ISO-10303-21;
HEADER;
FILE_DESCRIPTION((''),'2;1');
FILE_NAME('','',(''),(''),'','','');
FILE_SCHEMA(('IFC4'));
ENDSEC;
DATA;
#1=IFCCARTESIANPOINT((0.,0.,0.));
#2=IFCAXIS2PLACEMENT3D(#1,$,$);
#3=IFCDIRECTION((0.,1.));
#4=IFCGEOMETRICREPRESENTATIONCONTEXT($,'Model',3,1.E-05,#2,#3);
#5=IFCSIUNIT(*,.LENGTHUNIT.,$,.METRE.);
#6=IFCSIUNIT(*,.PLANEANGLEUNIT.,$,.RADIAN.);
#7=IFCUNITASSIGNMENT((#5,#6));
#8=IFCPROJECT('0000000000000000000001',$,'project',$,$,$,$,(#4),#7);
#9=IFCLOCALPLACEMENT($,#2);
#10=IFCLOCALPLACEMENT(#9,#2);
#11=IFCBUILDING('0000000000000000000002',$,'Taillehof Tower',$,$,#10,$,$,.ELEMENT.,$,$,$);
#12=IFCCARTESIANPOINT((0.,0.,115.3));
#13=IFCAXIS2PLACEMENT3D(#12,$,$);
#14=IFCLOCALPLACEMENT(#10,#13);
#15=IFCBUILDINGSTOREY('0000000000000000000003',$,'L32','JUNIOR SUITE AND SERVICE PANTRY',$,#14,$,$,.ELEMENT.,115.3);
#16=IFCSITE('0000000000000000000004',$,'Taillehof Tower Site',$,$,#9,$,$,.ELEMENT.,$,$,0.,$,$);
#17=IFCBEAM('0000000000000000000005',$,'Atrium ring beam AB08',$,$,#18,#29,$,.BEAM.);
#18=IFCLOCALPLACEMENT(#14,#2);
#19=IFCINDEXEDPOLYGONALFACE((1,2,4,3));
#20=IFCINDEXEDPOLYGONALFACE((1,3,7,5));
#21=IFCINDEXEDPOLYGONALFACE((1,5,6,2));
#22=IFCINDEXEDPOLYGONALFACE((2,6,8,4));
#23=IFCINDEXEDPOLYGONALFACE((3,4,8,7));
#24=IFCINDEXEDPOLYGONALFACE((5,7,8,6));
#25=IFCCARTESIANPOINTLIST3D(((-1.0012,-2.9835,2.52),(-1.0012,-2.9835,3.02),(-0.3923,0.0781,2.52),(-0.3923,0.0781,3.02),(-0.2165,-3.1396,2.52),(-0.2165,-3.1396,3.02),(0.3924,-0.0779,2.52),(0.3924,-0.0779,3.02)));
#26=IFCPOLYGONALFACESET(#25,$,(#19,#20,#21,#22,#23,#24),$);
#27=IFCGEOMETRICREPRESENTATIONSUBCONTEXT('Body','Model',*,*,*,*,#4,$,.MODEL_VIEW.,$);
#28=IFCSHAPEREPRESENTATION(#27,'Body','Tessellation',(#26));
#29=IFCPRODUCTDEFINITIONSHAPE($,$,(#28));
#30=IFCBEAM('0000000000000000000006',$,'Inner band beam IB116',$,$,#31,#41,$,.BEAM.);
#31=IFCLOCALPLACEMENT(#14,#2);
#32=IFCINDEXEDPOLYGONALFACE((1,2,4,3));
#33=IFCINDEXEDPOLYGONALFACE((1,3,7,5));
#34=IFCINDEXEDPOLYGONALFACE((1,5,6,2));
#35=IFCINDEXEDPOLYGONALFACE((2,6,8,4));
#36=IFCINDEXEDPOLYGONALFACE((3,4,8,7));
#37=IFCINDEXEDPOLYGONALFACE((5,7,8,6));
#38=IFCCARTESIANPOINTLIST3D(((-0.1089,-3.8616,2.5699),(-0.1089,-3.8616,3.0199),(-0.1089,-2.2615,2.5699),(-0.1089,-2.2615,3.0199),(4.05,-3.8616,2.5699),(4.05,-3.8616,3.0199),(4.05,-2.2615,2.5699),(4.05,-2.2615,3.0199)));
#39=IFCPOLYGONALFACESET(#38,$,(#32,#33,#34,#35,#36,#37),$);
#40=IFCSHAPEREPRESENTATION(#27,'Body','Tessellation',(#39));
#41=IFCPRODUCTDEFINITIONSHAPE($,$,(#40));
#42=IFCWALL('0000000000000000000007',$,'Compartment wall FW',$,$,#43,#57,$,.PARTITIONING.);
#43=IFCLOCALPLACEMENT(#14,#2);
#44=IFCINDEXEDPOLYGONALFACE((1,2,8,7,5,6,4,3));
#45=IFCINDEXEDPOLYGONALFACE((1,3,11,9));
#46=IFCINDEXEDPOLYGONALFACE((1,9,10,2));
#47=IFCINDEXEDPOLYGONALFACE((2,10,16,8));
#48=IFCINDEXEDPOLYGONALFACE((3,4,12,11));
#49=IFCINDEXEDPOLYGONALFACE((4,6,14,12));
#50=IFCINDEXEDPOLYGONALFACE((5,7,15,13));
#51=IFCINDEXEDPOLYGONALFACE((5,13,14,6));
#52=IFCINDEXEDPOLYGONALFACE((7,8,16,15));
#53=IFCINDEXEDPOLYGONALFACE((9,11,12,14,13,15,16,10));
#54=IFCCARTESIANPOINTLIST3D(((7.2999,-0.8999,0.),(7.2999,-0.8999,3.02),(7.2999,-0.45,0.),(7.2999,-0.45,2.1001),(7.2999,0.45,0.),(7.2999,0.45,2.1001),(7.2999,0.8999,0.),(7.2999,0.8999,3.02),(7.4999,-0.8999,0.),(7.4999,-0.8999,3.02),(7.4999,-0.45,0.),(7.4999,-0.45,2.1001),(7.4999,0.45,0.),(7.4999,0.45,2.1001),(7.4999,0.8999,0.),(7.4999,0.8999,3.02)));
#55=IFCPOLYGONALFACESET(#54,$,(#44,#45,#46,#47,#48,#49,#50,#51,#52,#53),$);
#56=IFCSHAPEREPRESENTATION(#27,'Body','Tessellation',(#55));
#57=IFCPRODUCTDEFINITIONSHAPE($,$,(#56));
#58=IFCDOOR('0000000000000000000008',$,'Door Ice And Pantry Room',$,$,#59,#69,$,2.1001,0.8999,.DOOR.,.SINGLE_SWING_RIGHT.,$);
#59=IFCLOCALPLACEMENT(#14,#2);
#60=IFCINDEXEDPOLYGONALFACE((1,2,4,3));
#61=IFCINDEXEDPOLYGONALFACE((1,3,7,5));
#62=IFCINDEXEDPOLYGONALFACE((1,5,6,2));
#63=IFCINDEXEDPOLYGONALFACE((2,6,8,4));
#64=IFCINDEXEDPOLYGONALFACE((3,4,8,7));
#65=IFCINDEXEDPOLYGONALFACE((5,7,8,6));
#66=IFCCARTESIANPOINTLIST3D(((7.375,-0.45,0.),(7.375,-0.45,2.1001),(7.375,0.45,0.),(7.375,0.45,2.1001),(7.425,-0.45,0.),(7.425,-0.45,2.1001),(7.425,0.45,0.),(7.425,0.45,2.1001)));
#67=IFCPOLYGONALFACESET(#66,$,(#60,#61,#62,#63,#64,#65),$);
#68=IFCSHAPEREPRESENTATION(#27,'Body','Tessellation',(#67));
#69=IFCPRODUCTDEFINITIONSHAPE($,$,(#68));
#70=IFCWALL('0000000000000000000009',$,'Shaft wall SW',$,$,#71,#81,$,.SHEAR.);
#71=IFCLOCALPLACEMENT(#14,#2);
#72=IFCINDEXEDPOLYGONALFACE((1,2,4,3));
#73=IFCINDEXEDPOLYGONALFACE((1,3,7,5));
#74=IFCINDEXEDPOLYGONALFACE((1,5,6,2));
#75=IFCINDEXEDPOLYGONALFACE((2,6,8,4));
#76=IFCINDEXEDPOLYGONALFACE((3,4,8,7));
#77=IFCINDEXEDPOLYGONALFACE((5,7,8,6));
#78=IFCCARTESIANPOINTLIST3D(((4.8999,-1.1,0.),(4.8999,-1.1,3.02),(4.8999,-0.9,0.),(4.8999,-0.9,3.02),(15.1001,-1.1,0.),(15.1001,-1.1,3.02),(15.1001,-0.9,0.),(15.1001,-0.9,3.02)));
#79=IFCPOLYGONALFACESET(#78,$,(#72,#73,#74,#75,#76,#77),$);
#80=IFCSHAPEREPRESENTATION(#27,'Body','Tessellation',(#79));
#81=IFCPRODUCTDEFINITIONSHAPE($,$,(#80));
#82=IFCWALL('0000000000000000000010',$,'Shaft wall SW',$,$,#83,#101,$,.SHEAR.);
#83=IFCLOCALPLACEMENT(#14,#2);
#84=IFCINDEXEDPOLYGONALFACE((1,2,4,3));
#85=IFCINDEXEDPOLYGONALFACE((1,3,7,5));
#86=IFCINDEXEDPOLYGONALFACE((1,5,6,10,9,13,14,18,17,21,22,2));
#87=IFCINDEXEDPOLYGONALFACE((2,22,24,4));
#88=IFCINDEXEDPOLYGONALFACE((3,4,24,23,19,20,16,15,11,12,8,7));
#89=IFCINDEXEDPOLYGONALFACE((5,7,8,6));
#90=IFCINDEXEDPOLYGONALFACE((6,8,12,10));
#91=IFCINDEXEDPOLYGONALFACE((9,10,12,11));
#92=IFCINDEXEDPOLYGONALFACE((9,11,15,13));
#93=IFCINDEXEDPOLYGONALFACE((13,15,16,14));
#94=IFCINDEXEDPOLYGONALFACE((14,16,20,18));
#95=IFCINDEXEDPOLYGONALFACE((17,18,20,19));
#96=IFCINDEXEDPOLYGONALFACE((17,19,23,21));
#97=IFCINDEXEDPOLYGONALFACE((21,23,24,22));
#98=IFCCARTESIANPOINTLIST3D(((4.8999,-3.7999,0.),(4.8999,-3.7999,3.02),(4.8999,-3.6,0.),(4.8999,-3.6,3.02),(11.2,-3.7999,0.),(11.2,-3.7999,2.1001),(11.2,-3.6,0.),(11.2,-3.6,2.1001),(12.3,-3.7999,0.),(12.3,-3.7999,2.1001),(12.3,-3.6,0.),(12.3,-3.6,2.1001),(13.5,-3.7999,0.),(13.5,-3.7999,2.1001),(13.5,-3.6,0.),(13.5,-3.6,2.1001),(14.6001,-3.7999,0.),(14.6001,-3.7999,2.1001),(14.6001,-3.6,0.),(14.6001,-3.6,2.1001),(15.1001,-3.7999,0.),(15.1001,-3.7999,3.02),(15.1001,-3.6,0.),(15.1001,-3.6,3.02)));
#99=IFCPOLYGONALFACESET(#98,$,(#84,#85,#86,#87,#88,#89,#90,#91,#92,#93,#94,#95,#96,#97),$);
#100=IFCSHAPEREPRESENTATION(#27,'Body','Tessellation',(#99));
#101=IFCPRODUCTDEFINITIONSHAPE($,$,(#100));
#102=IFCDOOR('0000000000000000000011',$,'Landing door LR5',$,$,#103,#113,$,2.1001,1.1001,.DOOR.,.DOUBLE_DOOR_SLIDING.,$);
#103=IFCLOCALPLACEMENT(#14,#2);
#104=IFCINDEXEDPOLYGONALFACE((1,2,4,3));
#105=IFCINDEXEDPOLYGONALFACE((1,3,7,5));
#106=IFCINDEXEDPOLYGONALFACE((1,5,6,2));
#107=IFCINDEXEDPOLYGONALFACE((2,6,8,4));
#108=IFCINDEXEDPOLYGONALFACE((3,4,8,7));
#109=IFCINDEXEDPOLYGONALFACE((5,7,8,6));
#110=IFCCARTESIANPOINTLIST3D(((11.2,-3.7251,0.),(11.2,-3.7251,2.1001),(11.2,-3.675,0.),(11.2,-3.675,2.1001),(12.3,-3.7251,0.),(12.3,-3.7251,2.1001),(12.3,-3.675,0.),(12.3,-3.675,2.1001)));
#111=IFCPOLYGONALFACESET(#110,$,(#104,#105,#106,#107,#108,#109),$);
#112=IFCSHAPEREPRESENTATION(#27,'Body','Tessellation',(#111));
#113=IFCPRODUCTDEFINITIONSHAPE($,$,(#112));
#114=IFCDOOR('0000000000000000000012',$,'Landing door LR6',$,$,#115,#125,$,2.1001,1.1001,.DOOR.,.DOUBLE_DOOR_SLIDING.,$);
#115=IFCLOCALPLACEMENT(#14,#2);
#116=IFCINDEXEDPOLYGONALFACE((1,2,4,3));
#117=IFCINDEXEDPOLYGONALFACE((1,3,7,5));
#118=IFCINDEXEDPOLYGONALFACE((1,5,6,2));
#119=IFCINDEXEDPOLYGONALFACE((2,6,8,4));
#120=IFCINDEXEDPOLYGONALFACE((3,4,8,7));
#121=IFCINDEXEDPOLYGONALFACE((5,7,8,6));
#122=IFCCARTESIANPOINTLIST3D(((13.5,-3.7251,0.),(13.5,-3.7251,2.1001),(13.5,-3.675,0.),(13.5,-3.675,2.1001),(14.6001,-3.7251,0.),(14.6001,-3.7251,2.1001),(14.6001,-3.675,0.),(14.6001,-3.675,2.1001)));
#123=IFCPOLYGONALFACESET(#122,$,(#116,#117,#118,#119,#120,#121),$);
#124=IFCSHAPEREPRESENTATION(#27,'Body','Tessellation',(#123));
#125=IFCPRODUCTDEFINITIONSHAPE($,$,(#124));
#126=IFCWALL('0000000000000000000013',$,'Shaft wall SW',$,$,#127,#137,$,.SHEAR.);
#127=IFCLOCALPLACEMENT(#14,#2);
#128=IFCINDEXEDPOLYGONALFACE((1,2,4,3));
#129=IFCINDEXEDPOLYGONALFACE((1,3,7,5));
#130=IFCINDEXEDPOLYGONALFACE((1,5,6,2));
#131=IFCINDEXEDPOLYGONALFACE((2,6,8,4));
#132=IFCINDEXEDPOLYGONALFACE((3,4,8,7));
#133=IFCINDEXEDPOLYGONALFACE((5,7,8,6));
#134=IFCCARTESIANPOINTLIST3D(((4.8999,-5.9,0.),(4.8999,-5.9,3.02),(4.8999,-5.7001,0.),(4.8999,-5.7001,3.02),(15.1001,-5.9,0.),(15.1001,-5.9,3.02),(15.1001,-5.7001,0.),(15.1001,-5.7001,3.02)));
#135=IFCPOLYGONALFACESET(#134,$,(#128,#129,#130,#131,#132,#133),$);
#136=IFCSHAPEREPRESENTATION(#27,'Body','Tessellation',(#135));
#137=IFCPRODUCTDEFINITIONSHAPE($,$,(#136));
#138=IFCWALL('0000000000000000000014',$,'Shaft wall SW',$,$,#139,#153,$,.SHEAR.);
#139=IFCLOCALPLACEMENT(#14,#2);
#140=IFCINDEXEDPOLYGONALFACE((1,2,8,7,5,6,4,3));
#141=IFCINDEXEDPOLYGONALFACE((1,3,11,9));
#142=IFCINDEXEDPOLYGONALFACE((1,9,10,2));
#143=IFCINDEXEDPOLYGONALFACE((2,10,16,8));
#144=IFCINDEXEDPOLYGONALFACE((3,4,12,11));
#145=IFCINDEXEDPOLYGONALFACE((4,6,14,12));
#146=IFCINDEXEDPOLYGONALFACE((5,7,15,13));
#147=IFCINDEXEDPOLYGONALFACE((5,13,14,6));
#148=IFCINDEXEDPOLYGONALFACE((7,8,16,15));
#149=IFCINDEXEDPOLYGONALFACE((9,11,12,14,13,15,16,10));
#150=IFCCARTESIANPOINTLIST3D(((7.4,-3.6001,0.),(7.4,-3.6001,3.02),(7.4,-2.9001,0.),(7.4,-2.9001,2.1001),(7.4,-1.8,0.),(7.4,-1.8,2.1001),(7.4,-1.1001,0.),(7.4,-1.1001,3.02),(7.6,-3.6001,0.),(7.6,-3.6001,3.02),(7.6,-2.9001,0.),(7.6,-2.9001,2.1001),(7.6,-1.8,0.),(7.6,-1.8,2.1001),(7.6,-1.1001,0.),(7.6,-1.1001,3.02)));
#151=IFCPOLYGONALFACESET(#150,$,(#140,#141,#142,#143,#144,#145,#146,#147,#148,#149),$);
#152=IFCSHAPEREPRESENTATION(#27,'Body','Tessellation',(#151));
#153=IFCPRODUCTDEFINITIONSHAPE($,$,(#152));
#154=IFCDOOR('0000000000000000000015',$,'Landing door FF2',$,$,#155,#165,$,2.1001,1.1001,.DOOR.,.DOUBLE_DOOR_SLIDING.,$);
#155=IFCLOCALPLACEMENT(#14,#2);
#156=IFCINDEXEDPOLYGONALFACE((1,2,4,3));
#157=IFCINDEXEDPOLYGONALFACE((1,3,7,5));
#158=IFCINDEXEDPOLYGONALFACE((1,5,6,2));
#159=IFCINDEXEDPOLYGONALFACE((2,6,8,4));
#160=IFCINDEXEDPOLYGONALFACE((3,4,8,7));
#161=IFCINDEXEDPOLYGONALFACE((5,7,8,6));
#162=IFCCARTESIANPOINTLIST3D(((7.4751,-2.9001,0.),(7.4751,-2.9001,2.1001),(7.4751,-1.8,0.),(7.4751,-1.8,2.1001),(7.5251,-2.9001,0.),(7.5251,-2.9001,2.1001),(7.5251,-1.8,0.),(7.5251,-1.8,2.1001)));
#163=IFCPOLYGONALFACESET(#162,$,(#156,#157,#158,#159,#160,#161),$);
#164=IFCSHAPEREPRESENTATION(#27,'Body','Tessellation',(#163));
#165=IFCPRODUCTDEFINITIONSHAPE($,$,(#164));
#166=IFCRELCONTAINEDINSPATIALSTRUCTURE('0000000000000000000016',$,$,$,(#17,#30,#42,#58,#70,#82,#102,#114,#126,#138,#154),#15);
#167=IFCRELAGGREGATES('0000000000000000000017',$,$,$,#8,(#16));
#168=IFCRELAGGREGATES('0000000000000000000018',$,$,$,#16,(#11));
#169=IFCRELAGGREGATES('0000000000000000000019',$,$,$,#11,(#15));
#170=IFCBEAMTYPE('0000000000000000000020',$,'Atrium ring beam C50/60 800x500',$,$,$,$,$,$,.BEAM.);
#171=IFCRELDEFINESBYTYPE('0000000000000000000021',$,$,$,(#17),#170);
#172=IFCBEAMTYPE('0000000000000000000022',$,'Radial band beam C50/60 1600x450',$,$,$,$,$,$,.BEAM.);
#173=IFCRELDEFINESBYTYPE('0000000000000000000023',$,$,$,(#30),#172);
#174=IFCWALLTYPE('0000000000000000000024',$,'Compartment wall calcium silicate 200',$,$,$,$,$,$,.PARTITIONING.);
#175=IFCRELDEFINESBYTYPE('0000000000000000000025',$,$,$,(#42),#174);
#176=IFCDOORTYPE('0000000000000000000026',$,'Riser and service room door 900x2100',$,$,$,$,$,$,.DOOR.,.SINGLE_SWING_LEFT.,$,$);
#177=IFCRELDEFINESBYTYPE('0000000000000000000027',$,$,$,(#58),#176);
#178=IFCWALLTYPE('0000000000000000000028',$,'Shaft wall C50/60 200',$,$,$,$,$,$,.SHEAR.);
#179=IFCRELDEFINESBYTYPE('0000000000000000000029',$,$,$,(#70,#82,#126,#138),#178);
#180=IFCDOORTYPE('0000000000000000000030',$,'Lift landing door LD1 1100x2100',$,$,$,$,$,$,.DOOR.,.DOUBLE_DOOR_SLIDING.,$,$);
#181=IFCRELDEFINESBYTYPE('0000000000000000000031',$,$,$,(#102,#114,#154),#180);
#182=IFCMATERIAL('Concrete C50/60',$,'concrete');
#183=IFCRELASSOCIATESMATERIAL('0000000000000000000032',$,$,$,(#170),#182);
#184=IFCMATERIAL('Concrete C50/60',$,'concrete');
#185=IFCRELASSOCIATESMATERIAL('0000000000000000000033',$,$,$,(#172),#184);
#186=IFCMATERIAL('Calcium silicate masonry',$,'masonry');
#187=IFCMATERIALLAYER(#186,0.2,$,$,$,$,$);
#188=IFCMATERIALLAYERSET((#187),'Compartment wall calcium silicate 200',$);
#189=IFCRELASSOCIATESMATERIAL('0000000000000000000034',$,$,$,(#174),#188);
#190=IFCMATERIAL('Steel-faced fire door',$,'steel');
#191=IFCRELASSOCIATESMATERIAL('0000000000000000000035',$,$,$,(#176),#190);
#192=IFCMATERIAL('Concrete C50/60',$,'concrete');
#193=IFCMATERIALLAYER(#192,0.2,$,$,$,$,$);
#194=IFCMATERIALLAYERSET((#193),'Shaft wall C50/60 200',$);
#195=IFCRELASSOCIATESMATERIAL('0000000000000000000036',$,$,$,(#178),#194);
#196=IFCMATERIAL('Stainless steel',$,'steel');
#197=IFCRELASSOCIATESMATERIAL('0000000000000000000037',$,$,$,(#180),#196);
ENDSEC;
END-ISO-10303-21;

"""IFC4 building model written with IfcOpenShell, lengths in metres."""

from ifc_helpers import new_model, si_unit, direction, frame, frame_2d, origin, origin_2d, place, context, subcontext, project, spatial, rectangle, extrude, material, layer, layer_set, material_profile, profile_set, type_object, element, fill, save


model = new_model("IFC4")

# Units and contexts
model_context = context("Model", 3, precision=1e-05, world=origin(), true_north=direction((0.0, 1.0)))
body_context = subcontext(model_context, "Body", "Model", "MODEL_VIEW")
ifc_project = project(units=[si_unit("LENGTHUNIT", "METRE"), si_unit("PLANEANGLEUNIT", "RADIAN")], contexts=[model_context])

# Site, building, storey
site_placement = place(None, origin())
site = spatial("IfcSite", under=ifc_project, at=site_placement, Name="Taillehof Tower Site", CompositionType="ELEMENT", RefElevation=0.0)
building_placement = place(site_placement, origin())
building = spatial("IfcBuilding", under=site, at=building_placement, Name="Taillehof Tower", CompositionType="ELEMENT")
storey_placement = place(building_placement, frame((0.0, 0.0, 115.3)))
storey = spatial("IfcBuildingStorey", under=building, at=storey_placement, Name="L32", Description="JUNIOR SUITE AND SERVICE PANTRY", CompositionType="ELEMENT", Elevation=115.3)

# Beams
ifc_material_1 = material(Name="Concrete C50/60", Category="concrete")
ifc_material_profile_1 = material_profile(ifc_material_1, rectangle(XDim=0.8, YDim=0.5, at=origin_2d()), Name="RC 800x500")
ifc_profile_set_1 = profile_set([ifc_material_profile_1], Name="Concrete C50/60")
beam_type_1 = type_object("IfcBeamType", Name="Atrium ring beam C50/60 800x500", PredefinedType="BEAM", material=ifc_profile_set_1)
beam_1_placement = place(storey_placement, frame((-0.6089, -3.0615, 2.77), z_axis=(0.195063, 0.980791, 0.0), x_axis=(-0.980791, 0.195063, 0.0)))
element("IfcBeam", 1, at=beam_1_placement, inside=storey, type_object=beam_type_1, Name="Atrium ring beam AB08", PredefinedType="BEAM", context=body_context, shape_type="SweptSolid", body=[
    extrude(rectangle(XDim=0.8, YDim=0.5, at=origin_2d()), origin(), (0.0, 0.0, 1.0), 3.1216),
])
ifc_material_2 = material(Name="Concrete C50/60", Category="concrete")
ifc_material_profile_2 = material_profile(ifc_material_2, rectangle(XDim=1.6001, YDim=0.45, at=origin_2d()), Name="RC 1600x450")
ifc_profile_set_2 = profile_set([ifc_material_profile_2], Name="Concrete C50/60")
beam_type_2 = type_object("IfcBeamType", Name="Radial band beam C50/60 1600x450", PredefinedType="BEAM", material=ifc_profile_set_2)
beam_2_placement = place(storey_placement, frame((-0.1089, -3.0615, 2.7949), z_axis=(1.0, 0.0, 0.0), x_axis=(0.0, 1.0, 0.0)))
element("IfcBeam", 2, at=beam_2_placement, inside=storey, type_object=beam_type_2, Name="Inner band beam IB116", PredefinedType="BEAM", context=body_context, shape_type="SweptSolid", body=[
    extrude(rectangle(XDim=1.6001, YDim=0.45, at=origin_2d()), origin(), (0.0, 0.0, 1.0), 4.1589),
])

# Wall, opening, door
ifc_material_3 = material(Name="Calcium silicate masonry", Category="masonry")
ifc_layer_1 = layer(ifc_material_3, 0.2)
ifc_layer_set_1 = layer_set([ifc_layer_1], Name="Compartment wall calcium silicate 200")
wall_type_1 = type_object("IfcWallType", Name="Compartment wall calcium silicate 200", PredefinedType="PARTITIONING", material=ifc_layer_set_1)
wall_1_placement = place(storey_placement, frame((7.3999, -0.8999, 0.0), z_axis=(0.0, 0.0, 1.0), x_axis=(0.0, 1.0, 0.0)))
wall_1 = element("IfcWall", 3, at=wall_1_placement, inside=storey, type_object=wall_type_1, Name="Compartment wall FW", PredefinedType="PARTITIONING", context=body_context, shape_type="SweptSolid", body=[
    extrude(rectangle(XDim=1.7998, YDim=0.2, at=frame_2d((0.8999, 0.0))), origin(), (0.0, 0.0, 1.0), 3.02),
])
opening_1_placement = place(wall_1_placement, frame((0.45, 0.0, 0.0)))
opening_1 = element("IfcOpeningElement", 4, at=opening_1_placement, cuts=wall_1, PredefinedType="OPENING", context=body_context, shape_type="SweptSolid", body=[
    extrude(rectangle(XDim=0.8999, YDim=2.1001, at=frame_2d((0.45, 1.05))), frame((0.0, 0.1099, 0.0), z_axis=(0.0, -1.0, 0.0), x_axis=(1.0, 0.0, 0.0)), (0.0, 0.0, 1.0), 0.22),
])
ifc_material_4 = material(Name="Steel-faced fire door", Category="steel")
door_type_1 = type_object("IfcDoorType", Name="Riser and service room door 900x2100", OperationType="SINGLE_SWING_LEFT", PredefinedType="DOOR", material=ifc_material_4)
door_1_placement = place(opening_1_placement, origin())
door_1 = element("IfcDoor", 5, at=door_1_placement, inside=storey, type_object=door_type_1, Name="Door Ice And Pantry Room", OperationType="SINGLE_SWING_RIGHT", OverallHeight=2.1001, OverallWidth=0.8999, PredefinedType="DOOR", context=body_context, shape_type="SweptSolid", body=[
    extrude(rectangle(XDim=0.8999, YDim=2.1001, at=frame_2d((0.45, 1.05))), frame((0.0, 0.0249, 0.0), z_axis=(0.0, -1.0, 0.0), x_axis=(1.0, 0.0, 0.0)), (0.0, 0.0, 1.0), 0.05),
])
fill(opening_1, door_1)

# Wall
ifc_material_5 = material(Name="Concrete C50/60", Category="concrete")
ifc_layer_2 = layer(ifc_material_5, 0.2)
ifc_layer_set_2 = layer_set([ifc_layer_2], Name="Shaft wall C50/60 200")
wall_type_2 = type_object("IfcWallType", Name="Shaft wall C50/60 200", PredefinedType="SHEAR", material=ifc_layer_set_2)
wall_2_placement = place(storey_placement, frame((4.8999, -1.0, 0.0), z_axis=(0.0, 0.0, 1.0), x_axis=(1.0, 0.0, 0.0)))
element("IfcWall", 6, at=wall_2_placement, inside=storey, type_object=wall_type_2, Name="Shaft wall SW", PredefinedType="SHEAR", context=body_context, shape_type="SweptSolid", body=[
    extrude(rectangle(XDim=10.2002, YDim=0.2, at=frame_2d((5.1001, 0.0))), origin(), (0.0, 0.0, 1.0), 3.02),
])

# Wall, openings, doors
wall_3_placement = place(storey_placement, frame((4.8999, -3.7, 0.0), z_axis=(0.0, 0.0, 1.0), x_axis=(1.0, 0.0, 0.0)))
wall_3 = element("IfcWall", 7, at=wall_3_placement, inside=storey, type_object=wall_type_2, Name="Shaft wall SW", PredefinedType="SHEAR", context=body_context, shape_type="SweptSolid", body=[
    extrude(rectangle(XDim=10.2002, YDim=0.2, at=frame_2d((5.1001, 0.0))), origin(), (0.0, 0.0, 1.0), 3.02),
])
opening_2_placement = place(wall_3_placement, frame((6.3, 0.0, 0.0)))
opening_2 = element("IfcOpeningElement", 8, at=opening_2_placement, cuts=wall_3, PredefinedType="OPENING", context=body_context, shape_type="SweptSolid", body=[
    extrude(rectangle(XDim=1.1001, YDim=2.1001, at=frame_2d((0.55, 1.05))), frame((0.0, 0.1099, 0.0), z_axis=(0.0, -1.0, 0.0), x_axis=(1.0, 0.0, 0.0)), (0.0, 0.0, 1.0), 0.22),
])
opening_3_placement = place(wall_3_placement, frame((8.6001, 0.0, 0.0)))
opening_3 = element("IfcOpeningElement", 9, at=opening_3_placement, cuts=wall_3, PredefinedType="OPENING", context=body_context, shape_type="SweptSolid", body=[
    extrude(rectangle(XDim=1.1001, YDim=2.1001, at=frame_2d((0.55, 1.05))), frame((0.0, 0.1099, 0.0), z_axis=(0.0, -1.0, 0.0), x_axis=(1.0, 0.0, 0.0)), (0.0, 0.0, 1.0), 0.22),
])
ifc_material_6 = material(Name="Stainless steel", Category="steel")
door_type_2 = type_object("IfcDoorType", Name="Lift landing door LD1 1100x2100", OperationType="DOUBLE_DOOR_SLIDING", PredefinedType="DOOR", material=ifc_material_6)
door_2_placement = place(opening_2_placement, origin())
door_2 = element("IfcDoor", 10, at=door_2_placement, inside=storey, type_object=door_type_2, Name="Landing door LR5", OperationType="DOUBLE_DOOR_SLIDING", OverallHeight=2.1001, OverallWidth=1.1001, PredefinedType="DOOR", context=body_context, shape_type="SweptSolid", body=[
    extrude(rectangle(XDim=1.1001, YDim=2.1001, at=frame_2d((0.55, 1.05))), frame((0.0, 0.0249, 0.0), z_axis=(0.0, -1.0, 0.0), x_axis=(1.0, 0.0, 0.0)), (0.0, 0.0, 1.0), 0.05),
])
fill(opening_2, door_2)
door_3_placement = place(opening_3_placement, origin())
door_3 = element("IfcDoor", 11, at=door_3_placement, inside=storey, type_object=door_type_2, Name="Landing door LR6", OperationType="DOUBLE_DOOR_SLIDING", OverallHeight=2.1001, OverallWidth=1.1001, PredefinedType="DOOR", context=body_context, shape_type="SweptSolid", body=[
    extrude(rectangle(XDim=1.1001, YDim=2.1001, at=frame_2d((0.55, 1.05))), frame((0.0, 0.0249, 0.0), z_axis=(0.0, -1.0, 0.0), x_axis=(1.0, 0.0, 0.0)), (0.0, 0.0, 1.0), 0.05),
])
fill(opening_3, door_3)

# Wall
wall_4_placement = place(storey_placement, frame((4.8999, -5.8, 0.0), z_axis=(0.0, 0.0, 1.0), x_axis=(1.0, 0.0, 0.0)))
element("IfcWall", 12, at=wall_4_placement, inside=storey, type_object=wall_type_2, Name="Shaft wall SW", PredefinedType="SHEAR", context=body_context, shape_type="SweptSolid", body=[
    extrude(rectangle(XDim=10.2002, YDim=0.2, at=frame_2d((5.1001, 0.0))), origin(), (0.0, 0.0, 1.0), 3.02),
])

# Wall, opening, door
wall_5_placement = place(storey_placement, frame((7.5, -3.6001, 0.0), z_axis=(0.0, 0.0, 1.0), x_axis=(0.0, 1.0, 0.0)))
wall_5 = element("IfcWall", 13, at=wall_5_placement, inside=storey, type_object=wall_type_2, Name="Shaft wall SW", PredefinedType="SHEAR", context=body_context, shape_type="SweptSolid", body=[
    extrude(rectangle(XDim=2.5, YDim=0.2, at=frame_2d((1.25, 0.0))), origin(), (0.0, 0.0, 1.0), 3.02),
])
opening_4_placement = place(wall_5_placement, frame((0.7, 0.0, 0.0)))
opening_4 = element("IfcOpeningElement", 14, at=opening_4_placement, cuts=wall_5, PredefinedType="OPENING", context=body_context, shape_type="SweptSolid", body=[
    extrude(rectangle(XDim=1.1001, YDim=2.1001, at=frame_2d((0.55, 1.05))), frame((0.0, 0.1099, 0.0), z_axis=(0.0, -1.0, 0.0), x_axis=(1.0, 0.0, 0.0)), (0.0, 0.0, 1.0), 0.22),
])
door_4_placement = place(opening_4_placement, origin())
door_4 = element("IfcDoor", 15, at=door_4_placement, inside=storey, type_object=door_type_2, Name="Landing door FF2", OperationType="DOUBLE_DOOR_SLIDING", OverallHeight=2.1001, OverallWidth=1.1001, PredefinedType="DOOR", context=body_context, shape_type="SweptSolid", body=[
    extrude(rectangle(XDim=1.1001, YDim=2.1001, at=frame_2d((0.55, 1.05))), frame((0.0, 0.0249, 0.0), z_axis=(0.0, -1.0, 0.0), x_axis=(1.0, 0.0, 0.0)), (0.0, 0.0, 1.0), 0.05),
])
fill(opening_4, door_4)

save(model, "model.ifc")
